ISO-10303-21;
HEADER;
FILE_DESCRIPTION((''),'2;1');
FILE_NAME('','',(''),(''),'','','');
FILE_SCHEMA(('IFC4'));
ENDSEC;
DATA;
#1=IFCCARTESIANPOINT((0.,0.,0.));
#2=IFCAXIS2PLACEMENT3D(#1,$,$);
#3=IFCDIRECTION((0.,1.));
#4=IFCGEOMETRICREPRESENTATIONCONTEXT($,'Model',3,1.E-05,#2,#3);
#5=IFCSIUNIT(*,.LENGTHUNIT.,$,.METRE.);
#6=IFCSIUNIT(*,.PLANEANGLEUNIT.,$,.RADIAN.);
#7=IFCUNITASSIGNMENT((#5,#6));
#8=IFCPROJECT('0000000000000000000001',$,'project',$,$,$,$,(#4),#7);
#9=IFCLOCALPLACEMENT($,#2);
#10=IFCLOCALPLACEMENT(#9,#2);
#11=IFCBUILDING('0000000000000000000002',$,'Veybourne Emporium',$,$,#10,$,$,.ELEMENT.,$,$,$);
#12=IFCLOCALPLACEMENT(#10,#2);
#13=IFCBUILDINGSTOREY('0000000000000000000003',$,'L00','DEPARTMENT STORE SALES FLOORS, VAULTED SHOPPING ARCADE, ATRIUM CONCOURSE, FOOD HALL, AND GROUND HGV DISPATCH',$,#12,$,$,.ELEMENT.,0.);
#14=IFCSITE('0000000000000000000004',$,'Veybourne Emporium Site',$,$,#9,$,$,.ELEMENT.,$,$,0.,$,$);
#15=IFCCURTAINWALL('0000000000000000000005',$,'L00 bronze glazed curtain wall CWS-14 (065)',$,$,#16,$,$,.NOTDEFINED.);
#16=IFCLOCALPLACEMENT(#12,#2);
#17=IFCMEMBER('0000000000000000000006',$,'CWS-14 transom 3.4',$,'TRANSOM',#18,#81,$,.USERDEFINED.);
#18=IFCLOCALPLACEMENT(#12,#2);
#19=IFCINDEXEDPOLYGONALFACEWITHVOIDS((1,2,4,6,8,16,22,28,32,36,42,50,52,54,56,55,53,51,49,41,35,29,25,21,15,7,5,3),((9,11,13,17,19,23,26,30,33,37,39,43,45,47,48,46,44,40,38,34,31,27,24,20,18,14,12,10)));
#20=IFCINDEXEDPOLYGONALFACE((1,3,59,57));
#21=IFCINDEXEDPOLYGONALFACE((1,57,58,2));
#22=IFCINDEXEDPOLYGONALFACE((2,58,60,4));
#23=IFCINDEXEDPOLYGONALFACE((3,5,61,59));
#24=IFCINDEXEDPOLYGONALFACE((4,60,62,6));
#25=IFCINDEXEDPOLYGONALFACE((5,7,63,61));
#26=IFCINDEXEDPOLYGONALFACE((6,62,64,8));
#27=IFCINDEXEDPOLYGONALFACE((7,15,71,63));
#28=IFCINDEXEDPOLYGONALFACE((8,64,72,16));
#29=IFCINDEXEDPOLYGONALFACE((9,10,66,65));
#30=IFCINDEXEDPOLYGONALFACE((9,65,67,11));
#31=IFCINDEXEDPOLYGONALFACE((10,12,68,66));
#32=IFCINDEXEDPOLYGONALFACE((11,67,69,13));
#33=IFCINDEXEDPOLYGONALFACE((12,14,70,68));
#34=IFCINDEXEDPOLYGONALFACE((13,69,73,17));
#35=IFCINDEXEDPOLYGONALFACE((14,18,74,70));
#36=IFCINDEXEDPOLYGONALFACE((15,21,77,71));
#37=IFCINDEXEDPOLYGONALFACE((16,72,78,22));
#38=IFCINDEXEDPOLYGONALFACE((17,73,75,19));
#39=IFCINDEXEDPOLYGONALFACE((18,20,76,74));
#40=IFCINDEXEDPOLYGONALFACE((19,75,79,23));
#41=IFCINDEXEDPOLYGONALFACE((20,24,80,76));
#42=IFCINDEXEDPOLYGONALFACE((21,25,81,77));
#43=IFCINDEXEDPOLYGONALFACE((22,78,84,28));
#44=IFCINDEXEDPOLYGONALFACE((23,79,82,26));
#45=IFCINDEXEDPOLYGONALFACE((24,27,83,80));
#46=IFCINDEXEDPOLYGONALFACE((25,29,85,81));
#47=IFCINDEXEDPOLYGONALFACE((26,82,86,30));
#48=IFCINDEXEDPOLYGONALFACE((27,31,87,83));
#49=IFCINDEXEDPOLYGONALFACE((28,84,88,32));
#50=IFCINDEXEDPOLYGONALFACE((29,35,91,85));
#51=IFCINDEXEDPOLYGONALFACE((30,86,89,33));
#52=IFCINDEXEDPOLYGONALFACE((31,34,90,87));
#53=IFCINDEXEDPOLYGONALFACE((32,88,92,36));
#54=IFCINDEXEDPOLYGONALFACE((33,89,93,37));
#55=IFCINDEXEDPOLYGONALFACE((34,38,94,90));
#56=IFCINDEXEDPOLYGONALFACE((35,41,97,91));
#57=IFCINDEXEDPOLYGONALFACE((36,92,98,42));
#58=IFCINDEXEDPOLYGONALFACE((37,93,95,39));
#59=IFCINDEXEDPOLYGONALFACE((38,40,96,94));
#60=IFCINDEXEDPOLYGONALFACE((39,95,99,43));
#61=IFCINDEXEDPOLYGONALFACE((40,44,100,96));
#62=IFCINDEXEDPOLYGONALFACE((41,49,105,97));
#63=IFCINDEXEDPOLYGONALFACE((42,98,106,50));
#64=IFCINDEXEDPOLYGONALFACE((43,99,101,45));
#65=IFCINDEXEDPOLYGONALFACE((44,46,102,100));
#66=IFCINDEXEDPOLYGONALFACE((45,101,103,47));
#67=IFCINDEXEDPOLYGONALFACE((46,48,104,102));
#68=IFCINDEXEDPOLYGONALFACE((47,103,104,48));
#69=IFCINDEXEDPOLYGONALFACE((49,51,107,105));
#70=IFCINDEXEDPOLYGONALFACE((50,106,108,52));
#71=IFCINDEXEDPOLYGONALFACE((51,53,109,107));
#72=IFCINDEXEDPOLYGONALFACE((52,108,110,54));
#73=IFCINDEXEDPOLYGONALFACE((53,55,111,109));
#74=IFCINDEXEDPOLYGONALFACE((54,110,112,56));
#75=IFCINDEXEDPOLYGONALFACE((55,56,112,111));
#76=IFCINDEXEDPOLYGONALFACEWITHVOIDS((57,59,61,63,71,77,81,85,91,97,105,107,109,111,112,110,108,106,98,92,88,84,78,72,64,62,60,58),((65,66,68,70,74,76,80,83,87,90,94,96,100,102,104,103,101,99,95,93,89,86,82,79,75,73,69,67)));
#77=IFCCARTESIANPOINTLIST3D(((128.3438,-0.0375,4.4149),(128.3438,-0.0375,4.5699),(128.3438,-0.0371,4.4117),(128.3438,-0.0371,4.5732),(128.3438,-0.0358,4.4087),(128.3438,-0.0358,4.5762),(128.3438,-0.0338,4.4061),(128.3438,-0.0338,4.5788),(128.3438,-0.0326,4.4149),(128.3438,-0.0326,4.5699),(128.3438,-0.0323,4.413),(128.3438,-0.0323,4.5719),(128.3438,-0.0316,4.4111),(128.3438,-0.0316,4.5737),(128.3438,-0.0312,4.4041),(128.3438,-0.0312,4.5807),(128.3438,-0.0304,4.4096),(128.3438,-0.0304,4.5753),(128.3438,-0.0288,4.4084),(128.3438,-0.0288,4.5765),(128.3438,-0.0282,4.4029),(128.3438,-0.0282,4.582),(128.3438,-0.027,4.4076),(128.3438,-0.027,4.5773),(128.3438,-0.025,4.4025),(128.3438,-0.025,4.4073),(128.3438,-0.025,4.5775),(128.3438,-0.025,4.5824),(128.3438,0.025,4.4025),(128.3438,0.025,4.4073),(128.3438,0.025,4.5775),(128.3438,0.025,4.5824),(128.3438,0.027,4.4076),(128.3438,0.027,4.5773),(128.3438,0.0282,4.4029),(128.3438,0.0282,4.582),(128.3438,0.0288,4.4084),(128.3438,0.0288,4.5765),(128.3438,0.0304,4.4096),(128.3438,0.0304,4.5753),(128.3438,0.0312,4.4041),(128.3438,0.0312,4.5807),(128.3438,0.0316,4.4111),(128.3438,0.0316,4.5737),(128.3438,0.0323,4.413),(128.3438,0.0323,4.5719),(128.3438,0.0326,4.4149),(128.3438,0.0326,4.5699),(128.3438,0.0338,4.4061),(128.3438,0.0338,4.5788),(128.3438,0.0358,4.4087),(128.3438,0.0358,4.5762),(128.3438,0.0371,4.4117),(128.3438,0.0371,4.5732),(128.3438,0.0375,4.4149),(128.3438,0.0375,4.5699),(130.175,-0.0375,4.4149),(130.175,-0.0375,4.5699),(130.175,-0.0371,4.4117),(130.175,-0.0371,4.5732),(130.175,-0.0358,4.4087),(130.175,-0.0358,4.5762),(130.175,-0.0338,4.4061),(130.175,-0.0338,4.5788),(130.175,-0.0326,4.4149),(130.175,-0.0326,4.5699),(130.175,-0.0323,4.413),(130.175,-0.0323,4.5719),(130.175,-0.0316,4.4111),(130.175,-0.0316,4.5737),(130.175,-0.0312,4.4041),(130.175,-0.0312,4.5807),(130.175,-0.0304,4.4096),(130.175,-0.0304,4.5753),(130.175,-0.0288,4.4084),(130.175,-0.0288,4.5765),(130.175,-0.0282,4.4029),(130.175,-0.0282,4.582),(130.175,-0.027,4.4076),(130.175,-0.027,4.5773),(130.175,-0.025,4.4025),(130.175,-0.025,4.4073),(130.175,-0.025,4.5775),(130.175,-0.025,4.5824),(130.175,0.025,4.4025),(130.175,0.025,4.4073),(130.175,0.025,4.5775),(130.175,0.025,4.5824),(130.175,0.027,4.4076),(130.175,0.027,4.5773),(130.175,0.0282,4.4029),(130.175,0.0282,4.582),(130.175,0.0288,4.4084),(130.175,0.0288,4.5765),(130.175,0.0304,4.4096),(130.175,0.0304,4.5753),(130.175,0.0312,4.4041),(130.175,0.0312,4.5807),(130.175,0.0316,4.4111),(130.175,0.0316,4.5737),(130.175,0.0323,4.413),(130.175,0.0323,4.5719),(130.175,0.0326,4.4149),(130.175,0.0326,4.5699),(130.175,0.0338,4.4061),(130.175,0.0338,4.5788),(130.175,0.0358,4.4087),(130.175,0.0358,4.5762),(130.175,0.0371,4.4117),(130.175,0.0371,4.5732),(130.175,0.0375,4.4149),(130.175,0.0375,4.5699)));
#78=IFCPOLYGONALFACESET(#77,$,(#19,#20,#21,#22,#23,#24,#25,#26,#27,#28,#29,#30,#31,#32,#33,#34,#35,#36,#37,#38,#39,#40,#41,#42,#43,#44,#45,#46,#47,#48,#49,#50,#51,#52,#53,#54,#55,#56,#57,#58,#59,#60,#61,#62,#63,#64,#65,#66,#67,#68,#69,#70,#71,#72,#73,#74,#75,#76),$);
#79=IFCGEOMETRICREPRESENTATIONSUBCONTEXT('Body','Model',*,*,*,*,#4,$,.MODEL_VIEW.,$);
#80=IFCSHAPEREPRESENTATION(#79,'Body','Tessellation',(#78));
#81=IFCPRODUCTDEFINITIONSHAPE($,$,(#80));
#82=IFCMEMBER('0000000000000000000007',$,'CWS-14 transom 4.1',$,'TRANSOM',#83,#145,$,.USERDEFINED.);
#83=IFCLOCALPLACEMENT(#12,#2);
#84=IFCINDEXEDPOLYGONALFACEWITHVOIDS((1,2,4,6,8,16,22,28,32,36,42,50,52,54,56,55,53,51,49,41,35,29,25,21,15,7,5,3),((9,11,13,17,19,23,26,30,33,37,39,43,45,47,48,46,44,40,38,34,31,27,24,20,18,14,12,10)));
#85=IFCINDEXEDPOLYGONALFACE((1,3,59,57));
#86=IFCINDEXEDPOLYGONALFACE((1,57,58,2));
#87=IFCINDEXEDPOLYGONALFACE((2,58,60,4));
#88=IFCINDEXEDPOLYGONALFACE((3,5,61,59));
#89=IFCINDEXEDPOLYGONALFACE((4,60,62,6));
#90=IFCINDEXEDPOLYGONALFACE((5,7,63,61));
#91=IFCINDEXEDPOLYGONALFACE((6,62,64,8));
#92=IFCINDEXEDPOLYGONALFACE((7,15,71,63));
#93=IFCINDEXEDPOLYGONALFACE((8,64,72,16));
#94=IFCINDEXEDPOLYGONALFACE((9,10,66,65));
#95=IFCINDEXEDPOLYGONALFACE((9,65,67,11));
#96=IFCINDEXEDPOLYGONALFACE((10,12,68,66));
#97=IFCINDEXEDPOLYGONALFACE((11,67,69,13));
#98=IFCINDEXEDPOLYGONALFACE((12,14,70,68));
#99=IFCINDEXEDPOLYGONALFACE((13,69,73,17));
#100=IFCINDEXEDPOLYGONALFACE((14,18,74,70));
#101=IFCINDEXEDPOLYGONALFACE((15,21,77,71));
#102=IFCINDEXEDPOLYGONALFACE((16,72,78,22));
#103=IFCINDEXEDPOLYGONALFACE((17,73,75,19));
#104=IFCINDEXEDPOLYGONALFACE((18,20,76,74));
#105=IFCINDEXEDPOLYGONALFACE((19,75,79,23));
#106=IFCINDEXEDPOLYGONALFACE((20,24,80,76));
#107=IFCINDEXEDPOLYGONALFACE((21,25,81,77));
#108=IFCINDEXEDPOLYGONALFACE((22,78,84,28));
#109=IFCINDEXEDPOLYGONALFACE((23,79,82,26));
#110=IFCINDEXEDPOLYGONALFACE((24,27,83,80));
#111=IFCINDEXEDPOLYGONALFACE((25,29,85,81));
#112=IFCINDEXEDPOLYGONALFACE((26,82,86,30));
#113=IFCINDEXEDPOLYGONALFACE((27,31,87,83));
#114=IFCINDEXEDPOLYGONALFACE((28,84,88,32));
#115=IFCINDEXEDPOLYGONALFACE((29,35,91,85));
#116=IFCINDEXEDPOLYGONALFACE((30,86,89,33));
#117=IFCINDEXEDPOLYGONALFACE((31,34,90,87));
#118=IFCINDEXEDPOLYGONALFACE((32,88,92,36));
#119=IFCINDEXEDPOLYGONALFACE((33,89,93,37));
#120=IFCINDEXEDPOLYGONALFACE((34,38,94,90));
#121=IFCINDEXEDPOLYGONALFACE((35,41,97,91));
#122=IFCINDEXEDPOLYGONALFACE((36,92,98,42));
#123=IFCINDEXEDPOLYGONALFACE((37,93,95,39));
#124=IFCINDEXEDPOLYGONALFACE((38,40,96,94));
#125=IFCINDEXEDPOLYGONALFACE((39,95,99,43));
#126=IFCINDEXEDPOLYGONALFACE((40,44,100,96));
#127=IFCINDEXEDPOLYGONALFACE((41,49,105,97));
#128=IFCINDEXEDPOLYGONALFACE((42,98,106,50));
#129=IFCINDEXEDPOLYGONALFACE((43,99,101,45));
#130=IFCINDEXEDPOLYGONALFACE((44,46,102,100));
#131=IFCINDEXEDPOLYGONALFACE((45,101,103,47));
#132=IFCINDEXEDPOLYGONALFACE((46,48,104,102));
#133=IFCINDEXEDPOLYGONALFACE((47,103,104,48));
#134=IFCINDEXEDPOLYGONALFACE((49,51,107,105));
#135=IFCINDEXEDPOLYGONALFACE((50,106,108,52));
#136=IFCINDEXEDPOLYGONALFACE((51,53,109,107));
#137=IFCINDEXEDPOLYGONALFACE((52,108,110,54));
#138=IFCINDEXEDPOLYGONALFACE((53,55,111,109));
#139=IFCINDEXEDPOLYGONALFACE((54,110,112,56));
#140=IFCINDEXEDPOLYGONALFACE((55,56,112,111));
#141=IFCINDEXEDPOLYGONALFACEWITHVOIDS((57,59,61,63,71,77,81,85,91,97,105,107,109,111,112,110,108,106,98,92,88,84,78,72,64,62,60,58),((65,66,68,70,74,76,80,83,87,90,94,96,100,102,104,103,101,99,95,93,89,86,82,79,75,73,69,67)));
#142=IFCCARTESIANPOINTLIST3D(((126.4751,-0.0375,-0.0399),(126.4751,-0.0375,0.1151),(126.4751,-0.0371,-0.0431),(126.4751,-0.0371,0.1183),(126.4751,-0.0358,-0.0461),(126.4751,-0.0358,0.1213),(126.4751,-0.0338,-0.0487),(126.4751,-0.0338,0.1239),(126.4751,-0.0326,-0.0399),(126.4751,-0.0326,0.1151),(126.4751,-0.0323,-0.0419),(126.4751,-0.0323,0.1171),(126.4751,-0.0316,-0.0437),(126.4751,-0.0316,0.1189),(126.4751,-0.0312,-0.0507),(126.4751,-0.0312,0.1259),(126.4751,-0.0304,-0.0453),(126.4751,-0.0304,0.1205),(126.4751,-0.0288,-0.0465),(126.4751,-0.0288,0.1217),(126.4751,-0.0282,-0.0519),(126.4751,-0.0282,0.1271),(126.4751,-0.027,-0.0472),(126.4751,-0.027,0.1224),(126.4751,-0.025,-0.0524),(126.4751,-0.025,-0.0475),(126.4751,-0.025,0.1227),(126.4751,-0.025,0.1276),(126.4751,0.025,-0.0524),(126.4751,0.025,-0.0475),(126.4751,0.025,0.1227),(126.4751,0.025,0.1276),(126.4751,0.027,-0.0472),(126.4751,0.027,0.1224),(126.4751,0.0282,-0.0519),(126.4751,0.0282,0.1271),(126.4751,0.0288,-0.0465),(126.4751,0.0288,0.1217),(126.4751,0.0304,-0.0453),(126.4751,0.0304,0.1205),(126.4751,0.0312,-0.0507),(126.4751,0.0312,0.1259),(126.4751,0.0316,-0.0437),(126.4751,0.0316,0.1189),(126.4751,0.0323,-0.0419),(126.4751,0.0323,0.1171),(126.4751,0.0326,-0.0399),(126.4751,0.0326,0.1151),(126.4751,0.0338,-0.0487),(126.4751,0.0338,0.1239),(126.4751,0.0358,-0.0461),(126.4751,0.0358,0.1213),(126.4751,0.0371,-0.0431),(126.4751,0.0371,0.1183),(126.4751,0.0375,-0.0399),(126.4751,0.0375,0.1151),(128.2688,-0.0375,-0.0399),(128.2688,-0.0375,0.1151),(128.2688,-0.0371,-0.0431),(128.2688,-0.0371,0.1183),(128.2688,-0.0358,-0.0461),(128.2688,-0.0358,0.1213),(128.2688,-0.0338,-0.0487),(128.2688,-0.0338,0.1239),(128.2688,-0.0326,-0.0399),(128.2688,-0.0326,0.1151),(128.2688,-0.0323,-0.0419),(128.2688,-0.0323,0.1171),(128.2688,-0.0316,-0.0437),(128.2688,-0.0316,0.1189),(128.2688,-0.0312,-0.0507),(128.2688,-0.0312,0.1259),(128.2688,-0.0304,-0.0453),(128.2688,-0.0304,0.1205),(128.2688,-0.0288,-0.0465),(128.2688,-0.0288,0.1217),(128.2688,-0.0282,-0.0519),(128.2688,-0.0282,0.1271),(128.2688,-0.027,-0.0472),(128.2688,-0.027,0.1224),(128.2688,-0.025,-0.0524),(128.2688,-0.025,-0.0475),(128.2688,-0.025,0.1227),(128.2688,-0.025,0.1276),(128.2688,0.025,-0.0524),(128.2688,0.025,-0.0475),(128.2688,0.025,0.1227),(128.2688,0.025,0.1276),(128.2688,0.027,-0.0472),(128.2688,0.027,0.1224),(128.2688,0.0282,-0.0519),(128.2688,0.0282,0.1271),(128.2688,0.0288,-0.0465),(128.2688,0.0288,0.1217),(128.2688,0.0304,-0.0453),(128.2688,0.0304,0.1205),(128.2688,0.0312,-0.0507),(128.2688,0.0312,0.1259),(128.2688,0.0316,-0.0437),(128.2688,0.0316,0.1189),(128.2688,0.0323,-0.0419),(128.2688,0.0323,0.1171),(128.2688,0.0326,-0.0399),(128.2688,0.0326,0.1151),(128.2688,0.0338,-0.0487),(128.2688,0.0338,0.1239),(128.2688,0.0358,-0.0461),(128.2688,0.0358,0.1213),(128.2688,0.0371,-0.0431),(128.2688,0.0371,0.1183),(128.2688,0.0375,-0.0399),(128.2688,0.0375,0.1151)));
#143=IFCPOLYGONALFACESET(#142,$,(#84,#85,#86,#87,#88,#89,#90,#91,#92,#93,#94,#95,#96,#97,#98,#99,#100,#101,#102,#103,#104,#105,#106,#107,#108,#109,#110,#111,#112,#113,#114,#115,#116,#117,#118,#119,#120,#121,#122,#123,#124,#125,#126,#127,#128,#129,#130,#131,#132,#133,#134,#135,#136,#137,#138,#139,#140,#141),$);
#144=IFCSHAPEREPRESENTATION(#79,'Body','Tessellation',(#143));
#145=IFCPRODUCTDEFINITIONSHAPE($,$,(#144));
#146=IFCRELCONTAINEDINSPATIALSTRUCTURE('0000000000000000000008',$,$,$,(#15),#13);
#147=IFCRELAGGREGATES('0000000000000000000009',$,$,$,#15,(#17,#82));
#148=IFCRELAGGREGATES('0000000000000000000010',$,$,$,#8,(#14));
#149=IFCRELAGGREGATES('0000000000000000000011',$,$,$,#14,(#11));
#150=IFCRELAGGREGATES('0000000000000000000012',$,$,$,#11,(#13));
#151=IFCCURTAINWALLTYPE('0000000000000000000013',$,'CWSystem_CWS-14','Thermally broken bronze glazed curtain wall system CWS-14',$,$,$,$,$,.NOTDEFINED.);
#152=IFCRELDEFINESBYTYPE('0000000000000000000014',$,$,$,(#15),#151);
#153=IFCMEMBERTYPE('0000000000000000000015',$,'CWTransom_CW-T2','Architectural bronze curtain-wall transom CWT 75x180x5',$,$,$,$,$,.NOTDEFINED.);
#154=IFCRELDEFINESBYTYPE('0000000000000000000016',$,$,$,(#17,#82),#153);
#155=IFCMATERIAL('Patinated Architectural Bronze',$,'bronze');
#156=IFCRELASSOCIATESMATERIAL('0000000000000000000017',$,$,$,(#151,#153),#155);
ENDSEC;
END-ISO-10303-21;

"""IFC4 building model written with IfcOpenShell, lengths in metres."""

from ifc_helpers import new_model, si_unit, direction, frame, origin, origin_2d, place, context, subcontext, project, spatial, hollow_rectangle, extrude, material, material_profile, profile_set, type_object, element, aggregate, save


model = new_model("IFC4")

# Units and contexts
model_context = context("Model", 3, precision=1e-05, world=origin(), true_north=direction((0.0, 1.0)))
body_context = subcontext(model_context, "Body", "Model", "MODEL_VIEW")
ifc_project = project(units=[si_unit("LENGTHUNIT", "METRE"), si_unit("PLANEANGLEUNIT", "RADIAN")], contexts=[model_context])

# Site, building, storey
site_placement = place(None, origin())
site = spatial("IfcSite", under=ifc_project, at=site_placement, Name="Veybourne Emporium Site", CompositionType="ELEMENT", RefElevation=0.0)
building_placement = place(site_placement, origin())
building = spatial("IfcBuilding", under=site, at=building_placement, Name="Veybourne Emporium", CompositionType="ELEMENT")
storey_placement = place(building_placement, origin())
storey = spatial("IfcBuildingStorey", under=building, at=storey_placement, Name="L00", Description="DEPARTMENT STORE SALES FLOORS, VAULTED SHOPPING ARCADE, ATRIUM CONCOURSE, FOOD HALL, AND GROUND HGV DISPATCH", CompositionType="ELEMENT", Elevation=0.0)

# Curtain wall, members
ifc_material_1 = material(Name="Patinated Architectural Bronze", Category="bronze")
curtain_wall_type = type_object("IfcCurtainWallType", Name="CWSystem_CWS-14", Description="Thermally broken bronze glazed curtain wall system CWS-14", PredefinedType="NOTDEFINED", material=ifc_material_1)
curtain_wall_placement = place(storey_placement, origin())
curtain_wall = element("IfcCurtainWall", 1, at=curtain_wall_placement, inside=storey, type_object=curtain_wall_type, Name="L00 bronze glazed curtain wall CWS-14 (065)", PredefinedType="NOTDEFINED")
ifc_material_profile_1 = material_profile(ifc_material_1, hollow_rectangle(XDim=0.075, YDim=0.1799, WallThickness=0.0049, InnerFilletRadius=0.0076, OuterFilletRadius=0.0125, at=origin_2d()), Name="CWT 75x180x5")
ifc_profile_set_1 = profile_set([ifc_material_profile_1], Name="Patinated Architectural Bronze")
member_type_1 = type_object("IfcMemberType", Name="CWTransom_CW-T2", Description="Architectural bronze curtain-wall transom CWT 75x180x5", PredefinedType="NOTDEFINED", material=ifc_profile_set_1)
member_1_placement = place(storey_placement, frame((130.175, 0.0, 4.4924), z_axis=(-1.0, 0.0, 0.0), x_axis=(0.0, -1.0, 0.0)))
member_1 = element("IfcMember", 2, at=member_1_placement, type_object=member_type_1, Name="CWS-14 transom 3.4", ObjectType="TRANSOM", PredefinedType="USERDEFINED", context=body_context, shape_type="SweptSolid", body=[
    extrude(hollow_rectangle(XDim=0.075, YDim=0.1799, WallThickness=0.0049, InnerFilletRadius=0.0076, OuterFilletRadius=0.0125, at=origin_2d()), origin(), (0.0, 0.0, 1.0), 1.8313),
])
member_2_placement = place(storey_placement, frame((128.2688, 0.0, 0.0376), z_axis=(-1.0, 0.0, 0.0), x_axis=(0.0, -1.0, 0.0)))
member_2 = element("IfcMember", 3, at=member_2_placement, type_object=member_type_1, Name="CWS-14 transom 4.1", ObjectType="TRANSOM", PredefinedType="USERDEFINED", context=body_context, shape_type="SweptSolid", body=[
    extrude(hollow_rectangle(XDim=0.075, YDim=0.1799, WallThickness=0.0049, InnerFilletRadius=0.0076, OuterFilletRadius=0.0125, at=origin_2d()), origin(), (0.0, 0.0, 1.0), 1.7937),
])

aggregate(curtain_wall, [member_1, member_2])

save(model, "model.ifc")
